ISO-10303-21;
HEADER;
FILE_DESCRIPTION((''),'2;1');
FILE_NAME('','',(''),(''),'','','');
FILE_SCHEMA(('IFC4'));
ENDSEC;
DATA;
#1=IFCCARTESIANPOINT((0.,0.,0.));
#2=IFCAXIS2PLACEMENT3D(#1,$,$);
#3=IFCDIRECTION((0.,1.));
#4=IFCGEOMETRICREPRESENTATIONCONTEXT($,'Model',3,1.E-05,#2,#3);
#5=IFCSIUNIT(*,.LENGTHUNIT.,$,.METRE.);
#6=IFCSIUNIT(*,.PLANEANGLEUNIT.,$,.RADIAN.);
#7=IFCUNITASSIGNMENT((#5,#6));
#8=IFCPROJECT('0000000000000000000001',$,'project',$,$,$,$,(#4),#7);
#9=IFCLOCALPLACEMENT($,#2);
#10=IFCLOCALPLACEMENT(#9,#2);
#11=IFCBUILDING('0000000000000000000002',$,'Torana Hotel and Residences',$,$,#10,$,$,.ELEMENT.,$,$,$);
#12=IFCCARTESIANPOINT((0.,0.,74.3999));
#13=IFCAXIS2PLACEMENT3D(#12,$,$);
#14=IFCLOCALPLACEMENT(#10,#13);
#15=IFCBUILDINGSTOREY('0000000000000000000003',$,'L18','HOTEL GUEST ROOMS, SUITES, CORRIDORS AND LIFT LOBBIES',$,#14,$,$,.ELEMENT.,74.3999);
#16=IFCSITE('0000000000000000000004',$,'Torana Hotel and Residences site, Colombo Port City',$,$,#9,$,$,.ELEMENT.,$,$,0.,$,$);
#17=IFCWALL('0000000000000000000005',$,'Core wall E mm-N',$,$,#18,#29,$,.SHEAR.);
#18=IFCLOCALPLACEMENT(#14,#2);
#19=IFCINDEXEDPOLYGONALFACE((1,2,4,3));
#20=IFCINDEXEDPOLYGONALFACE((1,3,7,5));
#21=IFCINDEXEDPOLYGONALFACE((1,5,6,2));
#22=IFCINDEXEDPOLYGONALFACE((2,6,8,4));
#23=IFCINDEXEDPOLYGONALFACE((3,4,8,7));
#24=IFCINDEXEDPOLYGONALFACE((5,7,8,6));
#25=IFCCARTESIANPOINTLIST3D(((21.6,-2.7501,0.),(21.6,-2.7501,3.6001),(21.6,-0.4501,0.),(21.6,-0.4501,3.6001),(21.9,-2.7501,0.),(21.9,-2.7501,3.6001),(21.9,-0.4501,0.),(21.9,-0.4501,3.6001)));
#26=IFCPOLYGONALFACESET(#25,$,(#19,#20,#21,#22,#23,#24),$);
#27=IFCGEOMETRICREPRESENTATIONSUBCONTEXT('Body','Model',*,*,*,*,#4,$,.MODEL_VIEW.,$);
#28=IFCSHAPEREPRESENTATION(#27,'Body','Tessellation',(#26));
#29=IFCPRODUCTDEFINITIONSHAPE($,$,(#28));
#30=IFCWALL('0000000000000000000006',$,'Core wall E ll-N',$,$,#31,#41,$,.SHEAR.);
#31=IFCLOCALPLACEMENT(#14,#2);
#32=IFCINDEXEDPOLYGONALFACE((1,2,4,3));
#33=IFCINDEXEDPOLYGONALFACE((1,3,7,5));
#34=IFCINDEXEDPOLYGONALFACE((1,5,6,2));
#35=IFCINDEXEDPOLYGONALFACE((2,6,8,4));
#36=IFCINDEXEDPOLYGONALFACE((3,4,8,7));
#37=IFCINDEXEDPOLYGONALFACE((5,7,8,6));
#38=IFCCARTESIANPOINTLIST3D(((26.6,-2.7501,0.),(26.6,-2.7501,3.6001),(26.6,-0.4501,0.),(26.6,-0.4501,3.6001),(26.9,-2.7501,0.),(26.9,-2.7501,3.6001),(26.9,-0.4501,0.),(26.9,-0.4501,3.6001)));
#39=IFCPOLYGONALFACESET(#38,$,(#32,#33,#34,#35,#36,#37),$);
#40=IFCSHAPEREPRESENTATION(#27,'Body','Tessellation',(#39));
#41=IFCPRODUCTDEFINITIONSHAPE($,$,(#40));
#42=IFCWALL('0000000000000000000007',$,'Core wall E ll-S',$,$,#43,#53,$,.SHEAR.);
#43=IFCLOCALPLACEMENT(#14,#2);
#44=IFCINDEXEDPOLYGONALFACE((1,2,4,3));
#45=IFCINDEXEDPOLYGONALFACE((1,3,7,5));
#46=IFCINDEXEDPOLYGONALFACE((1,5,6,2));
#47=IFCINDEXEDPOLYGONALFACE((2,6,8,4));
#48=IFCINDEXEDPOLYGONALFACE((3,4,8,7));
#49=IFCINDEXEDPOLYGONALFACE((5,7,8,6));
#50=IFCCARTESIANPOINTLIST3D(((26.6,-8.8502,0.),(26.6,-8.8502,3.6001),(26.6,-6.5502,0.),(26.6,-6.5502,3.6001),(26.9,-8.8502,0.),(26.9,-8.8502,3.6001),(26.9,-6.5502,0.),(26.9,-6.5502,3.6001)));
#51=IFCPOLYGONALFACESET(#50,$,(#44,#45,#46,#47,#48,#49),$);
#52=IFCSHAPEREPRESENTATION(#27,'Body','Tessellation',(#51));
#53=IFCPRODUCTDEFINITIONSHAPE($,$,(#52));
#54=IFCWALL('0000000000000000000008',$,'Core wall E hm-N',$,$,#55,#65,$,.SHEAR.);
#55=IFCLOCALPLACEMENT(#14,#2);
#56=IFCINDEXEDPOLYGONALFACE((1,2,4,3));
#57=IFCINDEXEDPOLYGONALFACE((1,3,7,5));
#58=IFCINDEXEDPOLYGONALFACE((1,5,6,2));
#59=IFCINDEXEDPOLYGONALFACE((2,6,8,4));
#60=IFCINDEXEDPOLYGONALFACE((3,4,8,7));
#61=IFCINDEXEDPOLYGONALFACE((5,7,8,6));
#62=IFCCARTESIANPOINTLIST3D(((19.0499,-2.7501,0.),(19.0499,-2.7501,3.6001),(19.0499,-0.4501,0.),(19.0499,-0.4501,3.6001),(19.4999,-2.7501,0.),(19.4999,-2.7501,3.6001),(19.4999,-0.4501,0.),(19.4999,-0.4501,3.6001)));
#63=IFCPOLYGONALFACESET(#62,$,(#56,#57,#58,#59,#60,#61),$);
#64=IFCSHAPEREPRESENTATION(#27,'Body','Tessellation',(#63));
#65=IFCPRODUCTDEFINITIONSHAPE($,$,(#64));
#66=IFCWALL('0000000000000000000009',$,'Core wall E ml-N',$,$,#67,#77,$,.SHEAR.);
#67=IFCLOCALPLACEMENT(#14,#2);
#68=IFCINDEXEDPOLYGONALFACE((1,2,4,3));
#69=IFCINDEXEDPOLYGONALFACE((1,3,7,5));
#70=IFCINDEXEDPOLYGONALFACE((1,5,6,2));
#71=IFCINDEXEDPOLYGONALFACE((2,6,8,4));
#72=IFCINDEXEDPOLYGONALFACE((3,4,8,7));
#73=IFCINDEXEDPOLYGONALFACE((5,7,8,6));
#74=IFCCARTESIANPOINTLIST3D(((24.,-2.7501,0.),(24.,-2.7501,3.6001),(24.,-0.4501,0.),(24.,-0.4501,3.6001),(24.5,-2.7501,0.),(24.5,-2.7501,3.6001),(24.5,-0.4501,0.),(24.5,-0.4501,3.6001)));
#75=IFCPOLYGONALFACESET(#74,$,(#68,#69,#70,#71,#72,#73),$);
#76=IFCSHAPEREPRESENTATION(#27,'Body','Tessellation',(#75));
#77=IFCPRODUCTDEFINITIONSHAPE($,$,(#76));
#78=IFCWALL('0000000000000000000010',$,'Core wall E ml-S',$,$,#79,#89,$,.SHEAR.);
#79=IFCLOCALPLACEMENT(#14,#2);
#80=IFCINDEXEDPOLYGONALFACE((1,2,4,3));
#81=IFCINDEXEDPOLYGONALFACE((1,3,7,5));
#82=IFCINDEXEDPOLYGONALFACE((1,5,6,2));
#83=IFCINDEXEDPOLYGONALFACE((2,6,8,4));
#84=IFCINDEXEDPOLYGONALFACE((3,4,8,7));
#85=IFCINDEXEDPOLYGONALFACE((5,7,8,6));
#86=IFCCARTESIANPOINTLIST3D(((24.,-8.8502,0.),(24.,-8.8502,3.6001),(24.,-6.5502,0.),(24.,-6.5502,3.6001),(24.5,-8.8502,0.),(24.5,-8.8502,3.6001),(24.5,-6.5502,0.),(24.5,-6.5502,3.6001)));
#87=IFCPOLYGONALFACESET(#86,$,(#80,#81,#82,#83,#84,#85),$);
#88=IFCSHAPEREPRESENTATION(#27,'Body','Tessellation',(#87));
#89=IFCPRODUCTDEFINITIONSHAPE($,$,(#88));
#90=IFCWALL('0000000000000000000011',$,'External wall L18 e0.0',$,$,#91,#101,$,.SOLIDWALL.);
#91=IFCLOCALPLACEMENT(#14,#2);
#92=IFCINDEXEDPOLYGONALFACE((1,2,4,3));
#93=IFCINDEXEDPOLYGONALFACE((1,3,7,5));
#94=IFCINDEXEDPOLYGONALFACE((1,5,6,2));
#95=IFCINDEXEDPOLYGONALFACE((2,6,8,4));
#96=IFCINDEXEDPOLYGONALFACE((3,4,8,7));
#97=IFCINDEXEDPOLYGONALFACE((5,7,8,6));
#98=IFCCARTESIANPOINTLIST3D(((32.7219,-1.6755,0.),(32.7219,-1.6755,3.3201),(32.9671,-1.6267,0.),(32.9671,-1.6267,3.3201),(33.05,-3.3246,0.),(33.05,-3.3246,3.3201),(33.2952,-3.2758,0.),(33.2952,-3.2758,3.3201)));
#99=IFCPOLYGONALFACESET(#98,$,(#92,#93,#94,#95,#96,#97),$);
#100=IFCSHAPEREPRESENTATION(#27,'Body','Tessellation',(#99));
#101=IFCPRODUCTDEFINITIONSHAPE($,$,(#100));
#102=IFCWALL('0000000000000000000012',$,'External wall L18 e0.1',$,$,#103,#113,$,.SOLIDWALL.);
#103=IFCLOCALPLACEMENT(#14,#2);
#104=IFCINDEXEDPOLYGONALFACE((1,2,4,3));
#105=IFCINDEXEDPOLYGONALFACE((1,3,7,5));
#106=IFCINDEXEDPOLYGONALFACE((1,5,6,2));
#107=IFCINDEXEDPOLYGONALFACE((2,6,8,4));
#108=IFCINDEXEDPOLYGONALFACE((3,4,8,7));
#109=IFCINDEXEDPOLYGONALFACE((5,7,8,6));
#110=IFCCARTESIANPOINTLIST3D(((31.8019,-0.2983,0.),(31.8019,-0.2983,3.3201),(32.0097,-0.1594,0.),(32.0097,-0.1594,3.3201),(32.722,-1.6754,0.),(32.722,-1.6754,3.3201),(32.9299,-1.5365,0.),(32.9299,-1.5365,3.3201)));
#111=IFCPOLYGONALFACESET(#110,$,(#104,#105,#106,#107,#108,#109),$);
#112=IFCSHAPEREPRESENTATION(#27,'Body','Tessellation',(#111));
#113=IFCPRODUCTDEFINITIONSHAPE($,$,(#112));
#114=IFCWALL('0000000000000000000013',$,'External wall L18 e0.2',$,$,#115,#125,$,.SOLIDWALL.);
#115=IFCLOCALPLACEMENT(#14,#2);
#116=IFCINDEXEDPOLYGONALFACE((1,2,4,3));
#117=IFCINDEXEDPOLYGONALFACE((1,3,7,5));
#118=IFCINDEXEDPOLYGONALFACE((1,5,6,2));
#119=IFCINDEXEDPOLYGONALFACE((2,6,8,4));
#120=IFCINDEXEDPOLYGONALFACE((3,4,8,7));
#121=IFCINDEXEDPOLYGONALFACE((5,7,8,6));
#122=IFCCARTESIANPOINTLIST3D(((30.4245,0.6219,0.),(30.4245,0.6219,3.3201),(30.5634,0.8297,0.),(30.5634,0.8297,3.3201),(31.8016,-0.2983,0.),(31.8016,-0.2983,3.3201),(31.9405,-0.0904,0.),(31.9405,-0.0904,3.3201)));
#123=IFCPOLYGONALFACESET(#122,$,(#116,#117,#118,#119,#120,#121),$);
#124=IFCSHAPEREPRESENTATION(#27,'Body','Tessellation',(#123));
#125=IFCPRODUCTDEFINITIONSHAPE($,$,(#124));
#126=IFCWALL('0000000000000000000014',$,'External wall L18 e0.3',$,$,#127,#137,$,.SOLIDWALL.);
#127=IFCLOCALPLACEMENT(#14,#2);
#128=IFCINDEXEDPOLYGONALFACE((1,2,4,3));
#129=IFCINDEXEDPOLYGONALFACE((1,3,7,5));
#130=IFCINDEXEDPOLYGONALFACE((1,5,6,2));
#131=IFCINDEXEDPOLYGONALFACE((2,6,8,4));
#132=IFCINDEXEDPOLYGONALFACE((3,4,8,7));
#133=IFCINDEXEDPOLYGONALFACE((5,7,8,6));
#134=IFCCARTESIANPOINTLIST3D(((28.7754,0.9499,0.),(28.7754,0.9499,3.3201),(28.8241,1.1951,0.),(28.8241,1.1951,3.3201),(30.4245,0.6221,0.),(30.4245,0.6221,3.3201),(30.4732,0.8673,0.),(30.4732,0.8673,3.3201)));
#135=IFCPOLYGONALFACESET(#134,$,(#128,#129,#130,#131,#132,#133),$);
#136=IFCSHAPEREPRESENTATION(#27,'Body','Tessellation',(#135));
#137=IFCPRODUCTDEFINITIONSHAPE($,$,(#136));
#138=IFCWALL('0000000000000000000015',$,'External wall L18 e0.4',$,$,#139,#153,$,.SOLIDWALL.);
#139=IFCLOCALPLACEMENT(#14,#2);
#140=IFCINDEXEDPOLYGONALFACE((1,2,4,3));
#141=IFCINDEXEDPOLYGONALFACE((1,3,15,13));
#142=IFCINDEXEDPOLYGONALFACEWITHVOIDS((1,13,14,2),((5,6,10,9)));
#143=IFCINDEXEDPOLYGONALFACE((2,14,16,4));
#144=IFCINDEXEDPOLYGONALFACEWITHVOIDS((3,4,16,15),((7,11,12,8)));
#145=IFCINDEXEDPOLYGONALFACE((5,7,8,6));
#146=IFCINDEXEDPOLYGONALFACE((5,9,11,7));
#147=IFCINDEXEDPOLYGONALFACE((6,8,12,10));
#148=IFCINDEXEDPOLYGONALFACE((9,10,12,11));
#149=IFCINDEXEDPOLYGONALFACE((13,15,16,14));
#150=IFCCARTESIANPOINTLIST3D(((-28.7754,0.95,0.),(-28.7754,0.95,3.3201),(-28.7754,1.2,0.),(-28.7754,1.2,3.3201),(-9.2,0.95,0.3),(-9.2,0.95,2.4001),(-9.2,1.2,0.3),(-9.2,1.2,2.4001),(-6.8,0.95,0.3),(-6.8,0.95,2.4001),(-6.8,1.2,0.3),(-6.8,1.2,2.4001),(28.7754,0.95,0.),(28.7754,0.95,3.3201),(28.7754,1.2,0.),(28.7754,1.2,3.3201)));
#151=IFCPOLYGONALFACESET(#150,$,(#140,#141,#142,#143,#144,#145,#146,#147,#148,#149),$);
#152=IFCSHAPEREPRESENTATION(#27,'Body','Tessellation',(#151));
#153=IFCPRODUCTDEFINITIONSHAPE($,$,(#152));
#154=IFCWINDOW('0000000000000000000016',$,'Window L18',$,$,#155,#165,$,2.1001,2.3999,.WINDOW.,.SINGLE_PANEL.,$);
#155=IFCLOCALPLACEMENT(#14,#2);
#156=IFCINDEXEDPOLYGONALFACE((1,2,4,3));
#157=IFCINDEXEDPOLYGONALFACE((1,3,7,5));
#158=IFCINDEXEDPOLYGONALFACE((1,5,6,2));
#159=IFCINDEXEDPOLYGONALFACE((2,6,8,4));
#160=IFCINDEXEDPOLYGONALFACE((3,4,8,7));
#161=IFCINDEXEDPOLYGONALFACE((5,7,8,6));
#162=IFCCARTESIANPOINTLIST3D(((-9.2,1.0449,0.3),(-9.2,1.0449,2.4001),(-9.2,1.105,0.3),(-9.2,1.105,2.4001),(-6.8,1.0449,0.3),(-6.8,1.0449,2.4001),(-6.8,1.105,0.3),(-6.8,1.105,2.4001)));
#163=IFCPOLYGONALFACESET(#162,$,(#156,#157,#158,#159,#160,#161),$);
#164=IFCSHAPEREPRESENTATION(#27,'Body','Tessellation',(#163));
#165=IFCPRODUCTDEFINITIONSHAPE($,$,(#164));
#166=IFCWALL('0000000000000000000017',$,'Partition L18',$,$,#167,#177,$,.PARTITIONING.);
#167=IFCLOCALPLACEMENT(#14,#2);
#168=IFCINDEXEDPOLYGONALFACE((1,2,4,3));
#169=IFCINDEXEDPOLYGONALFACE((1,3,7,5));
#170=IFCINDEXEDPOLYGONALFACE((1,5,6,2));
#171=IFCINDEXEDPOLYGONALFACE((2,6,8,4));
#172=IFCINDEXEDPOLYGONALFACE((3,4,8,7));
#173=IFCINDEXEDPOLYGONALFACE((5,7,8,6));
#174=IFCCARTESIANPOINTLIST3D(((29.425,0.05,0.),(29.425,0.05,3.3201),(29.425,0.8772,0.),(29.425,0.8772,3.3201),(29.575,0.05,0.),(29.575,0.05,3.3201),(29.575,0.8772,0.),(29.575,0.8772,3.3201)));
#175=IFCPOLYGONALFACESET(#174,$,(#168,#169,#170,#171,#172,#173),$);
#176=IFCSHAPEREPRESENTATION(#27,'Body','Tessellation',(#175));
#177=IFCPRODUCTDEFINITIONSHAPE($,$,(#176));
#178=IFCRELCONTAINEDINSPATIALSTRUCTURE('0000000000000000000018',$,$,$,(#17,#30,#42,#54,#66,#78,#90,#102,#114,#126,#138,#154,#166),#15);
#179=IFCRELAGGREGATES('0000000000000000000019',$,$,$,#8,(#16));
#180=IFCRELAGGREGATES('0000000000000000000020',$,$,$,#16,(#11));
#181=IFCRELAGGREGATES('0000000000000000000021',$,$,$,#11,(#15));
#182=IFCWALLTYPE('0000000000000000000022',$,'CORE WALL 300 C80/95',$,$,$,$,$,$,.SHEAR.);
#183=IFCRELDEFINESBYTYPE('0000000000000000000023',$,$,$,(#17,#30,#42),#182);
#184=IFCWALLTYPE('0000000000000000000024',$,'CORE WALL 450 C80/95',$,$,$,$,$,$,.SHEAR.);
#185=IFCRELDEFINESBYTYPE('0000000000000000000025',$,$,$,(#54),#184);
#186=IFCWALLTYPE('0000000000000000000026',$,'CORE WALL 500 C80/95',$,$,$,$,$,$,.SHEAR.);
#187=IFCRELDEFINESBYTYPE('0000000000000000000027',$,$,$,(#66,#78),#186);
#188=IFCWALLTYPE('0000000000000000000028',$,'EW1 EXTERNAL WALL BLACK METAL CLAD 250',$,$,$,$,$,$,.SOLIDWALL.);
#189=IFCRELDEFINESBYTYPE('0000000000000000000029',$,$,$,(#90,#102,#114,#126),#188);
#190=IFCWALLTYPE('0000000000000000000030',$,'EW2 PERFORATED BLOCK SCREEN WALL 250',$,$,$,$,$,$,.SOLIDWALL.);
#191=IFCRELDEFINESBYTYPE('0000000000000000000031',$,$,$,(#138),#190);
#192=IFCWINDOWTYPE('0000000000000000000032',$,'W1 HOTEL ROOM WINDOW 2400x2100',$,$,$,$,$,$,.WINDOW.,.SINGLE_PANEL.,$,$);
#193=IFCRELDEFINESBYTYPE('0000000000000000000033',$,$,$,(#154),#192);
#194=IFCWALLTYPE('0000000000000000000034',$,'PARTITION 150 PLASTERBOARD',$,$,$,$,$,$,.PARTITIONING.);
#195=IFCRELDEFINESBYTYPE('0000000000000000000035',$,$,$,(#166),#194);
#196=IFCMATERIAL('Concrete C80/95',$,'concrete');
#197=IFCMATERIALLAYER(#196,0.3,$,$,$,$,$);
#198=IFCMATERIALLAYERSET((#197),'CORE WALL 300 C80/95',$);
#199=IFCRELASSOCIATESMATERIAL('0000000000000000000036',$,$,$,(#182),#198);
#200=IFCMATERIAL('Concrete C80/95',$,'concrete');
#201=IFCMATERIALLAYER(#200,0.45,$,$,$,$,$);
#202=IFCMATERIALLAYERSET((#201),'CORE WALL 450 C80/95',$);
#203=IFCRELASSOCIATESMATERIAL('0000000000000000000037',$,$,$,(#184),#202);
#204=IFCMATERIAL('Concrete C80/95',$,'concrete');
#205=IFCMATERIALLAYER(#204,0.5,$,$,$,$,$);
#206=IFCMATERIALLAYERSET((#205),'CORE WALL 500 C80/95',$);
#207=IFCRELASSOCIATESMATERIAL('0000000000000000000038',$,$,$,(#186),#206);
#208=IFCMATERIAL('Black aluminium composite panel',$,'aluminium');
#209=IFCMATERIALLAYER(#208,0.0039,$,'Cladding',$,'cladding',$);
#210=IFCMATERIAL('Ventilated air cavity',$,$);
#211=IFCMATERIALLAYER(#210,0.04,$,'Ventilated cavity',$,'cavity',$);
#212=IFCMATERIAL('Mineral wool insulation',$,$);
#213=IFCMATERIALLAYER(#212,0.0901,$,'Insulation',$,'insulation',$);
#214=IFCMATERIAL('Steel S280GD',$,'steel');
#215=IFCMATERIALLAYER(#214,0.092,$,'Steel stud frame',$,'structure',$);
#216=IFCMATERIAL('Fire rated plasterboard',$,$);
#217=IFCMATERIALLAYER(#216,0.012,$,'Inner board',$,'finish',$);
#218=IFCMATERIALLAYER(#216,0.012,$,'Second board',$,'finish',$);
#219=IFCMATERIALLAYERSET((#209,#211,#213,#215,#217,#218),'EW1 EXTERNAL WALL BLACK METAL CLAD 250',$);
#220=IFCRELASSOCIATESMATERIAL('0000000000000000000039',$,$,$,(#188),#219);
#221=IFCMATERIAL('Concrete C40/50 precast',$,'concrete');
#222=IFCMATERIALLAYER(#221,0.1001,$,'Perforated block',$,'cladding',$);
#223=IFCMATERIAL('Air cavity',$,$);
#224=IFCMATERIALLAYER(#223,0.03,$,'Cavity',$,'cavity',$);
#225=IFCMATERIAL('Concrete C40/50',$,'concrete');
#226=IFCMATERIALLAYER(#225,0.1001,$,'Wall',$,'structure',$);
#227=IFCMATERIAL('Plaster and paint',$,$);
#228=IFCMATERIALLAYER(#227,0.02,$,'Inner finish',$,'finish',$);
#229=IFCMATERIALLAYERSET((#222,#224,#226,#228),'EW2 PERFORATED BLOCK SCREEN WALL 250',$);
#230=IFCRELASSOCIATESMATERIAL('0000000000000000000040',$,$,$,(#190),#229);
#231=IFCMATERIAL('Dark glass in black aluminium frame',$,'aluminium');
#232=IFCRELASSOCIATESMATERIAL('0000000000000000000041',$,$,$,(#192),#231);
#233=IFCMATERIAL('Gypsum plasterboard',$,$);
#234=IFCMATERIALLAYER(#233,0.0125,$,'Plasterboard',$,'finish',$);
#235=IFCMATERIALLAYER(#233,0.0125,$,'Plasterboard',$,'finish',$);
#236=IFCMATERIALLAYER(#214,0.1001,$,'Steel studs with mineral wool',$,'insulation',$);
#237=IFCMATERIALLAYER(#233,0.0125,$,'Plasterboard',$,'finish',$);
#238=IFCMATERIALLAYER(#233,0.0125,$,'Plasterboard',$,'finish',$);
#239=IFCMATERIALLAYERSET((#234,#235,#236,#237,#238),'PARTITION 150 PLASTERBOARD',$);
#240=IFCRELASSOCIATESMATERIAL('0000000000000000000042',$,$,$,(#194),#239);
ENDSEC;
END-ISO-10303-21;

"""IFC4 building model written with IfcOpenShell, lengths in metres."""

from ifc_helpers import new_model, si_unit, direction, frame, frame_2d, origin, place, context, subcontext, project, spatial, rectangle, extrude, material, layer, layer_set, type_object, element, fill, save


model = new_model("IFC4")

# Units and contexts
model_context = context("Model", 3, precision=1e-05, world=origin(), true_north=direction((0.0, 1.0)))
body_context = subcontext(model_context, "Body", "Model", "MODEL_VIEW")
ifc_project = project(units=[si_unit("LENGTHUNIT", "METRE"), si_unit("PLANEANGLEUNIT", "RADIAN")], contexts=[model_context])

# Site, building, storey
site_placement = place(None, origin())
site = spatial("IfcSite", under=ifc_project, at=site_placement, Name="Torana Hotel and Residences site, Colombo Port City", CompositionType="ELEMENT", RefElevation=0.0)
building_placement = place(site_placement, origin())
building = spatial("IfcBuilding", under=site, at=building_placement, Name="Torana Hotel and Residences", CompositionType="ELEMENT")
storey_placement = place(building_placement, frame((0.0, 0.0, 74.3999)))
storey = spatial("IfcBuildingStorey", under=building, at=storey_placement, Name="L18", Description="HOTEL GUEST ROOMS, SUITES, CORRIDORS AND LIFT LOBBIES", CompositionType="ELEMENT", Elevation=74.3999)

# Walls
ifc_material_1 = material(Name="Concrete C80/95", Category="concrete")
ifc_layer_1 = layer(ifc_material_1, 0.3)
ifc_layer_set_1 = layer_set([ifc_layer_1], Name="CORE WALL 300 C80/95")
wall_type_1 = type_object("IfcWallType", Name="CORE WALL 300 C80/95", PredefinedType="SHEAR", material=ifc_layer_set_1)
for number, where, z_axis, x_axis, name in (
    (1, (21.75, -2.75, 0.0), (0.0, 0.0, 1.0), (0.0, 1.0, 0.0), "Core wall E mm-N"),
    (2, (26.75, -2.75, 0.0), (0.0, 0.0, 1.0), (0.0, 1.0, 0.0), "Core wall E ll-N"),
    (3, (26.75, -8.8501, 0.0), (0.0, 0.0, 1.0), (0.0, 1.0, 0.0), "Core wall E ll-S"),
):
    element("IfcWall", number, at=place(storey_placement, frame(where, z_axis=z_axis, x_axis=x_axis)), inside=storey, type_object=wall_type_1, Name=name, PredefinedType="SHEAR", context=body_context, shape_type="SweptSolid", body=[
        extrude(rectangle(XDim=2.3, YDim=0.3, at=frame_2d((1.1499, 0.0))), origin(), (0.0, 0.0, 1.0), 3.6001),
    ])
ifc_material_2 = material(Name="Concrete C80/95", Category="concrete")
ifc_layer_2 = layer(ifc_material_2, 0.45)
ifc_layer_set_2 = layer_set([ifc_layer_2], Name="CORE WALL 450 C80/95")
wall_type_2 = type_object("IfcWallType", Name="CORE WALL 450 C80/95", PredefinedType="SHEAR", material=ifc_layer_set_2)
wall_1_placement = place(storey_placement, frame((19.2749, -2.75, 0.0), z_axis=(0.0, 0.0, 1.0), x_axis=(0.0, 1.0, 0.0)))
element("IfcWall", 4, at=wall_1_placement, inside=storey, type_object=wall_type_2, Name="Core wall E hm-N", PredefinedType="SHEAR", context=body_context, shape_type="SweptSolid", body=[
    extrude(rectangle(XDim=2.3, YDim=0.45, at=frame_2d((1.1499, 0.0))), origin(), (0.0, 0.0, 1.0), 3.6001),
])
ifc_material_3 = material(Name="Concrete C80/95", Category="concrete")
ifc_layer_3 = layer(ifc_material_3, 0.5)
ifc_layer_set_3 = layer_set([ifc_layer_3], Name="CORE WALL 500 C80/95")
wall_type_3 = type_object("IfcWallType", Name="CORE WALL 500 C80/95", PredefinedType="SHEAR", material=ifc_layer_set_3)
for number, where, z_axis, x_axis, name in (
    (5, (24.25, -2.75, 0.0), (0.0, 0.0, 1.0), (0.0, 1.0, 0.0), "Core wall E ml-N"),
    (6, (24.25, -8.8501, 0.0), (0.0, 0.0, 1.0), (0.0, 1.0, 0.0), "Core wall E ml-S"),
):
    element("IfcWall", number, at=place(storey_placement, frame(where, z_axis=z_axis, x_axis=x_axis)), inside=storey, type_object=wall_type_3, Name=name, PredefinedType="SHEAR", context=body_context, shape_type="SweptSolid", body=[
        extrude(rectangle(XDim=2.3, YDim=0.5, at=frame_2d((1.1499, 0.0))), origin(), (0.0, 0.0, 1.0), 3.6001),
    ])
ifc_material_4 = material(Name="Black aluminium composite panel", Category="aluminium")
ifc_layer_4 = layer(ifc_material_4, 0.0039, Name="Cladding", Category="cladding")
ifc_material_5 = material(Name="Ventilated air cavity")
ifc_layer_5 = layer(ifc_material_5, 0.04, Name="Ventilated cavity", Category="cavity")
ifc_material_6 = material(Name="Mineral wool insulation")
ifc_layer_6 = layer(ifc_material_6, 0.0901, Name="Insulation", Category="insulation")
ifc_material_7 = material(Name="Steel S280GD", Category="steel")
ifc_layer_7 = layer(ifc_material_7, 0.092, Name="Steel stud frame", Category="structure")
ifc_material_8 = material(Name="Fire rated plasterboard")
ifc_layer_8 = layer(ifc_material_8, 0.012, Name="Inner board", Category="finish")
ifc_layer_9 = layer(ifc_material_8, 0.012, Name="Second board", Category="finish")
ifc_layer_set_4 = layer_set([ifc_layer_4, ifc_layer_5, ifc_layer_6, ifc_layer_7, ifc_layer_8, ifc_layer_9], Name="EW1 EXTERNAL WALL BLACK METAL CLAD 250")
wall_type_4 = type_object("IfcWallType", Name="EW1 EXTERNAL WALL BLACK METAL CLAD 250", PredefinedType="SOLIDWALL", material=ifc_layer_set_4)
wall_2_placement = place(storey_placement, frame((33.1726, -3.3003, 0.0), z_axis=(0.0, 0.0, 1.0), x_axis=(-0.195139, 0.980776, 0.0)))
element("IfcWall", 7, at=wall_2_placement, inside=storey, type_object=wall_type_4, Name="External wall L18 e0.0", PredefinedType="SOLIDWALL", context=body_context, shape_type="SweptSolid", body=[
    extrude(rectangle(XDim=1.6814, YDim=0.25, at=frame_2d((0.8408, 0.0))), origin(), (0.0, 0.0, 1.0), 3.3201),
])
for number, where, z_axis, x_axis, name in (
    (8, (32.8259, -1.606, 0.0), (0.0, 0.0, 1.0), (-0.55555, 0.831483, 0.0), "External wall L18 e0.1"),
    (9, (31.8711, -0.1943, 0.0), (0.0, 0.0, 1.0), (-0.831483, 0.55555, 0.0), "External wall L18 e0.2"),
):
    element("IfcWall", number, at=place(storey_placement, frame(where, z_axis=z_axis, x_axis=x_axis)), inside=storey, type_object=wall_type_4, Name=name, PredefinedType="SOLIDWALL", context=body_context, shape_type="SweptSolid", body=[
        extrude(rectangle(XDim=1.6562, YDim=0.25, at=frame_2d((0.8281, 0.0))), origin(), (0.0, 0.0, 1.0), 3.3201),
    ])
wall_3_placement = place(storey_placement, frame((30.449, 0.7446, 0.0), z_axis=(0.0, 0.0, 1.0), x_axis=(-0.980803, 0.194999, 0.0)))
element("IfcWall", 10, at=wall_3_placement, inside=storey, type_object=wall_type_4, Name="External wall L18 e0.3", PredefinedType="SOLIDWALL", context=body_context, shape_type="SweptSolid", body=[
    extrude(rectangle(XDim=1.6814, YDim=0.25, at=frame_2d((0.8408, 0.0))), origin(), (0.0, 0.0, 1.0), 3.3201),
])

# Wall, opening, window
ifc_material_9 = material(Name="Concrete C40/50 precast", Category="concrete")
ifc_layer_10 = layer(ifc_material_9, 0.1001, Name="Perforated block", Category="cladding")
ifc_material_10 = material(Name="Air cavity")
ifc_layer_11 = layer(ifc_material_10, 0.03, Name="Cavity", Category="cavity")
ifc_material_11 = material(Name="Concrete C40/50", Category="concrete")
ifc_layer_12 = layer(ifc_material_11, 0.1001, Name="Wall", Category="structure")
ifc_material_12 = material(Name="Plaster and paint")
ifc_layer_13 = layer(ifc_material_12, 0.02, Name="Inner finish", Category="finish")
ifc_layer_set_5 = layer_set([ifc_layer_10, ifc_layer_11, ifc_layer_12, ifc_layer_13], Name="EW2 PERFORATED BLOCK SCREEN WALL 250")
wall_type_5 = type_object("IfcWallType", Name="EW2 PERFORATED BLOCK SCREEN WALL 250", PredefinedType="SOLIDWALL", material=ifc_layer_set_5)
wall_4_placement = place(storey_placement, frame((28.7754, 1.075, 0.0), z_axis=(0.0, 0.0, 1.0), x_axis=(-1.0, 0.0, 0.0)))
wall_4 = element("IfcWall", 11, at=wall_4_placement, inside=storey, type_object=wall_type_5, Name="External wall L18 e0.4", PredefinedType="SOLIDWALL", context=body_context, shape_type="SweptSolid", body=[
    extrude(rectangle(XDim=57.5508, YDim=0.25, at=frame_2d((28.7754, 0.0))), origin(), (0.0, 0.0, 1.0), 3.3201),
])
opening_1_placement = place(wall_4_placement, frame((35.5754, 0.0, 0.3)))
opening_1 = element("IfcOpeningElement", 12, at=opening_1_placement, cuts=wall_4, PredefinedType="OPENING", context=body_context, shape_type="SweptSolid", body=[
    extrude(rectangle(XDim=2.3999, YDim=2.1001, at=frame_2d((1.2, 1.05))), frame((0.0, 0.135, 0.0), z_axis=(0.0, -1.0, 0.0), x_axis=(1.0, 0.0, 0.0)), (0.0, 0.0, 1.0), 0.27),
])
ifc_material_13 = material(Name="Dark glass in black aluminium frame", Category="aluminium")
window_type = type_object("IfcWindowType", Name="W1 HOTEL ROOM WINDOW 2400x2100", PartitioningType="SINGLE_PANEL", PredefinedType="WINDOW", material=ifc_material_13)
window_placement = place(opening_1_placement, origin())
window = element("IfcWindow", 13, at=window_placement, inside=storey, type_object=window_type, Name="Window L18", OverallHeight=2.1001, OverallWidth=2.3999, PartitioningType="SINGLE_PANEL", PredefinedType="WINDOW", context=body_context, shape_type="SweptSolid", body=[
    extrude(rectangle(XDim=2.3999, YDim=2.1001, at=frame_2d((1.2, 1.05))), frame((0.0, 0.03, 0.0), z_axis=(0.0, -1.0, 0.0), x_axis=(1.0, 0.0, 0.0)), (0.0, 0.0, 1.0), 0.0601),
])
fill(opening_1, window)

# Wall
ifc_material_14 = material(Name="Gypsum plasterboard")
ifc_layer_14 = layer(ifc_material_14, 0.0125, Name="Plasterboard", Category="finish")
ifc_layer_15 = layer(ifc_material_14, 0.0125, Name="Plasterboard", Category="finish")
ifc_layer_16 = layer(ifc_material_7, 0.1001, Name="Steel studs with mineral wool", Category="insulation")
ifc_layer_17 = layer(ifc_material_14, 0.0125, Name="Plasterboard", Category="finish")
ifc_layer_18 = layer(ifc_material_14, 0.0125, Name="Plasterboard", Category="finish")
ifc_layer_set_6 = layer_set([ifc_layer_14, ifc_layer_15, ifc_layer_16, ifc_layer_17, ifc_layer_18], Name="PARTITION 150 PLASTERBOARD")
wall_type_6 = type_object("IfcWallType", Name="PARTITION 150 PLASTERBOARD", PredefinedType="PARTITIONING", material=ifc_layer_set_6)
wall_5_placement = place(storey_placement, frame((29.5, 0.05, 0.0), z_axis=(0.0, 0.0, 1.0), x_axis=(0.0, 1.0, 0.0)))
element("IfcWall", 14, at=wall_5_placement, inside=storey, type_object=wall_type_6, Name="Partition L18", PredefinedType="PARTITIONING", context=body_context, shape_type="SweptSolid", body=[
    extrude(rectangle(XDim=0.8271, YDim=0.1499, at=frame_2d((0.4136, 0.0))), origin(), (0.0, 0.0, 1.0), 3.3201),
])

save(model, "model.ifc")
